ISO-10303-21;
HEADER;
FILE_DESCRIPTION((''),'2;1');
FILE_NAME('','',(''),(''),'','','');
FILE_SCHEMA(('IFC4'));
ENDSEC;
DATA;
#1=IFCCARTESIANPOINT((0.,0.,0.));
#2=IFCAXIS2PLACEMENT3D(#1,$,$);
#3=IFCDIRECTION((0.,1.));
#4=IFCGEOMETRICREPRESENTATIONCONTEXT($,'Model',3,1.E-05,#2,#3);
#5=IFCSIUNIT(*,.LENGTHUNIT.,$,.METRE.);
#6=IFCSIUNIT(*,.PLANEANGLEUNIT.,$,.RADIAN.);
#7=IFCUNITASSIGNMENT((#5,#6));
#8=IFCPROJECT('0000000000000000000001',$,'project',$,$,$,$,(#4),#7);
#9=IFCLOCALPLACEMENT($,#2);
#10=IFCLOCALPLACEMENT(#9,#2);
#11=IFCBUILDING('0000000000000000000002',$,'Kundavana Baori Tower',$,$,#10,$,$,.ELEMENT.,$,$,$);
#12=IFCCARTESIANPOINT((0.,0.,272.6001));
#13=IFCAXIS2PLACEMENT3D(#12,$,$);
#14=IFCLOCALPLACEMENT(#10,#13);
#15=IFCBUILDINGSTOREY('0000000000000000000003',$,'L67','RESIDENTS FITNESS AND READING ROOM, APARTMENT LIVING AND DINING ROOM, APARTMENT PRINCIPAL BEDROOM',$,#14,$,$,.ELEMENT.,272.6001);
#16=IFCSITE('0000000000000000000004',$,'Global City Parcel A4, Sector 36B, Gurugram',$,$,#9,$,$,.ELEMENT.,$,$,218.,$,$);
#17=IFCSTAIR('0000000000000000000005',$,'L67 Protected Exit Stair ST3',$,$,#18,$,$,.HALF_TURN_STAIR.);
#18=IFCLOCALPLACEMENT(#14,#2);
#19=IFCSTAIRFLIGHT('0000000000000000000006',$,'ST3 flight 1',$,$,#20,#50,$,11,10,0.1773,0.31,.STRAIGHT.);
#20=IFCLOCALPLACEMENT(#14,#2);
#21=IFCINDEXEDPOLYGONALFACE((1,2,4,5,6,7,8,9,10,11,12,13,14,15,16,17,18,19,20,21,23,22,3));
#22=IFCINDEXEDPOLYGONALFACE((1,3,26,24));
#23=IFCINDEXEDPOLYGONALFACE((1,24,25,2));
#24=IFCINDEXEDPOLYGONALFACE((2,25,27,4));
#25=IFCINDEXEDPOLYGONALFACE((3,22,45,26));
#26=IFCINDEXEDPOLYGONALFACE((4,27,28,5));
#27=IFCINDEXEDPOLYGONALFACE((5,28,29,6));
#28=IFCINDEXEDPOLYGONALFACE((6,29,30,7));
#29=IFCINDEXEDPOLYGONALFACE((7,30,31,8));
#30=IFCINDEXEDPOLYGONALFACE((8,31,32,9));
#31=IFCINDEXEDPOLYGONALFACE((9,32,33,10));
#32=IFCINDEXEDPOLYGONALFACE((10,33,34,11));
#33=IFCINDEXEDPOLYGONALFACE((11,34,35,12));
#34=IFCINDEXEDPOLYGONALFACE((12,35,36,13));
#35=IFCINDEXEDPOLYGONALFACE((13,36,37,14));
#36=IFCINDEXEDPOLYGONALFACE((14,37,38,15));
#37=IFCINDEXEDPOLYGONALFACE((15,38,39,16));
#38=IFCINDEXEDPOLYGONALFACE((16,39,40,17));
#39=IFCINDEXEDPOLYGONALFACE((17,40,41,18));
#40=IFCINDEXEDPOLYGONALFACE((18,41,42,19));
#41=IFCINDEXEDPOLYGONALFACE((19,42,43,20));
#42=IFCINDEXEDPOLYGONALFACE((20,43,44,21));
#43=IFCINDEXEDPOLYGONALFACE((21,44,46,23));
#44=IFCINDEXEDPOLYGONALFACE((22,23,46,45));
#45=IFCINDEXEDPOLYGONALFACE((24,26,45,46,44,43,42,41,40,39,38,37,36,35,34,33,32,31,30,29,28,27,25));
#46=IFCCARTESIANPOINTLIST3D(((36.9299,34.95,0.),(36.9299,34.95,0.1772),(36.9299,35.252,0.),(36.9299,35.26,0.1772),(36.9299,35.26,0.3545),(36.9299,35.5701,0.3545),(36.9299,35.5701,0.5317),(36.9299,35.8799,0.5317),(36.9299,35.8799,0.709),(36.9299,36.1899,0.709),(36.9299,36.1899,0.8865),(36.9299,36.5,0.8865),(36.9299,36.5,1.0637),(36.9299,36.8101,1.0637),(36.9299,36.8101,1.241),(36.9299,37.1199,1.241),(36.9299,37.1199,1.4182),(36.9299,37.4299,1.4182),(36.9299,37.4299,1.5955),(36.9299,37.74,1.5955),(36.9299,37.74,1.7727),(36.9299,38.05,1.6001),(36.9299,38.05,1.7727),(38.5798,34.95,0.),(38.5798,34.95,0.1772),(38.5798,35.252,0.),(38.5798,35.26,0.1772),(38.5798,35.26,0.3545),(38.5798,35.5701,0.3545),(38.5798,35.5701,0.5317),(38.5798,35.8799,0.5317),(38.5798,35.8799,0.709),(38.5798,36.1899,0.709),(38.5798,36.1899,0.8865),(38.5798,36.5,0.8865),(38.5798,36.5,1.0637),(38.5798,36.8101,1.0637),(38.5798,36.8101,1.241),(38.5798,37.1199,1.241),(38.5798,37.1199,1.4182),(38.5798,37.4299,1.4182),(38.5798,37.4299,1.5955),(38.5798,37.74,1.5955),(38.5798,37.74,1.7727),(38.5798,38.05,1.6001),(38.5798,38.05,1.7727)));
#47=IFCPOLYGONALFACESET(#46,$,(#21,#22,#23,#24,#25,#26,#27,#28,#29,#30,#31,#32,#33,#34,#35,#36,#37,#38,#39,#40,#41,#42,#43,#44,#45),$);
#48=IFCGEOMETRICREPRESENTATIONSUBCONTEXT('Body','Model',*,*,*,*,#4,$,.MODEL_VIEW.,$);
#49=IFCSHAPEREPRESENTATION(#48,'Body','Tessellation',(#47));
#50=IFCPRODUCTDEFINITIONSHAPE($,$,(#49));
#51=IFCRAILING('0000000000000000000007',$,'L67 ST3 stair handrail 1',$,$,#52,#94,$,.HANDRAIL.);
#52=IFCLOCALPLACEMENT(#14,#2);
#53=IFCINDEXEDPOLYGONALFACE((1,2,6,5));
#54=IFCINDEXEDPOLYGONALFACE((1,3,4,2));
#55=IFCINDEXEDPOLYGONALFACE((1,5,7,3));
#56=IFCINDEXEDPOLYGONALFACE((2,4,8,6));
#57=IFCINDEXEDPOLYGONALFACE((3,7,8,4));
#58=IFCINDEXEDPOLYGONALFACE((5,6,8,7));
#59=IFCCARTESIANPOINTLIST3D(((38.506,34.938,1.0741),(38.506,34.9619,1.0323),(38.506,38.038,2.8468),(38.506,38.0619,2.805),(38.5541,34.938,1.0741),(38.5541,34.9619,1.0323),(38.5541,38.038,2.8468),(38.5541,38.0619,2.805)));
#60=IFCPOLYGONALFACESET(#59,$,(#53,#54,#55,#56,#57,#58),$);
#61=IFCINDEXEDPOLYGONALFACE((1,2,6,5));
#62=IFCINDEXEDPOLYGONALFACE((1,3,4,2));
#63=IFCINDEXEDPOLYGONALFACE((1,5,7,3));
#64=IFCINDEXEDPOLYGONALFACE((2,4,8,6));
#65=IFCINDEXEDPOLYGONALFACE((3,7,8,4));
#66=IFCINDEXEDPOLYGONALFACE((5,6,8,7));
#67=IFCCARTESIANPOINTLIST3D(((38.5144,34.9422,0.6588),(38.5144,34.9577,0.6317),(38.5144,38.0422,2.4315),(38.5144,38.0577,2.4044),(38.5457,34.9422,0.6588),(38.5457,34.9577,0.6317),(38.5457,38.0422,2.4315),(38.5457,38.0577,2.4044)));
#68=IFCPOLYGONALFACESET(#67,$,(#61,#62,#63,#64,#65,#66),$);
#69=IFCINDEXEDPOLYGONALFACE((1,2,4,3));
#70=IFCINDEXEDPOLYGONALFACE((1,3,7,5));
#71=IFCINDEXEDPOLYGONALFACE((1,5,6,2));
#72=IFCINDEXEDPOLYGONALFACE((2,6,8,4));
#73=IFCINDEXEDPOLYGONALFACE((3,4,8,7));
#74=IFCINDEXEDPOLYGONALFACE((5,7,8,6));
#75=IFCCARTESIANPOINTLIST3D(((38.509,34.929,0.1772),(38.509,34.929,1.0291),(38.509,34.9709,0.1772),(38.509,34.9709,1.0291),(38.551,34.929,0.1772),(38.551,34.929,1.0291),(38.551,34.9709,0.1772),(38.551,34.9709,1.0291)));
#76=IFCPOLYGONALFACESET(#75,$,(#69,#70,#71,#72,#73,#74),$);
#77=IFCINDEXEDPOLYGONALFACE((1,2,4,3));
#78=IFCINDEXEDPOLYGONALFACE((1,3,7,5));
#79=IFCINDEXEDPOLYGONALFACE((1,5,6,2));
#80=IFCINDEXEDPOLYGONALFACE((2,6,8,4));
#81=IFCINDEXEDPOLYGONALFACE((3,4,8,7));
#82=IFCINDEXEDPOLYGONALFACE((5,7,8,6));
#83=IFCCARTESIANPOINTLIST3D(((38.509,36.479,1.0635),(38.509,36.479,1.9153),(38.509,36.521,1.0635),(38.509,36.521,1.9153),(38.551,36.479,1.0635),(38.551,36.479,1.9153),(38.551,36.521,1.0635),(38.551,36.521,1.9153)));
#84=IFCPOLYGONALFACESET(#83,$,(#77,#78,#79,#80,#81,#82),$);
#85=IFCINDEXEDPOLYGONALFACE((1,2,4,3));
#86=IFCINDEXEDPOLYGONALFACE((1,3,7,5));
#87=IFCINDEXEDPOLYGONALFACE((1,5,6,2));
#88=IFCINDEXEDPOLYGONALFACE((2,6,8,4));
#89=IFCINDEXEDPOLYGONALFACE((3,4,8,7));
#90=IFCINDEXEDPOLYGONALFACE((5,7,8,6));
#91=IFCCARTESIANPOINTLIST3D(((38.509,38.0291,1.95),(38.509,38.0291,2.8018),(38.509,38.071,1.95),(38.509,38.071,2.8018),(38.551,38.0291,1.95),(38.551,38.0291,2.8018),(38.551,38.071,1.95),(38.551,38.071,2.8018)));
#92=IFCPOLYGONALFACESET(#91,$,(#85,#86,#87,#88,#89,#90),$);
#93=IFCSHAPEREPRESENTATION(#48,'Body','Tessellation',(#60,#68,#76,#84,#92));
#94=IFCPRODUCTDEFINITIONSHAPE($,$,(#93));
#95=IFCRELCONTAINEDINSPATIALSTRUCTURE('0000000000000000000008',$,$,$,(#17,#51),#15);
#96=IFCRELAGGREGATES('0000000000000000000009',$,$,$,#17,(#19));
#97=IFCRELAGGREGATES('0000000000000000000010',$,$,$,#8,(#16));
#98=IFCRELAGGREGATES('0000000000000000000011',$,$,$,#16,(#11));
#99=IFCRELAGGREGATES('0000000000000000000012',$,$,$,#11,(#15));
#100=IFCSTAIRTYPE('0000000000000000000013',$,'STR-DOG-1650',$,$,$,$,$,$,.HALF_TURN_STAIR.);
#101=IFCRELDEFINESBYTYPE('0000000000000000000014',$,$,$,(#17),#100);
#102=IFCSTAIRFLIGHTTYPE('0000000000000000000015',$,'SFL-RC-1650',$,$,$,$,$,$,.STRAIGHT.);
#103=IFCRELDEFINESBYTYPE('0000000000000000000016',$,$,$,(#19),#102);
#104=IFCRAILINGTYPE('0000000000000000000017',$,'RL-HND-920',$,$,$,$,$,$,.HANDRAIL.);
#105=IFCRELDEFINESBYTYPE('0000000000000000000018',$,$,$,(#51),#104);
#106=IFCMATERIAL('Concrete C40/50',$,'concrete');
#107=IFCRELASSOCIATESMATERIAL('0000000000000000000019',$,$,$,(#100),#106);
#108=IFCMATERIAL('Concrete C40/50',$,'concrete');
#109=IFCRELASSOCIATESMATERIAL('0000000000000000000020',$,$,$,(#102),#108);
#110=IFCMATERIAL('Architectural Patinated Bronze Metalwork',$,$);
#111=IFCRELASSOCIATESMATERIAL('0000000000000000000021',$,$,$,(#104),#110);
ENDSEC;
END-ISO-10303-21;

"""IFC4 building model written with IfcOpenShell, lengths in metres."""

from ifc_helpers import new_model, si_unit, direction, frame, origin, origin_2d, place, context, subcontext, project, spatial, polyline, rectangle, outline, extrude, material, type_object, element, aggregate, save


model = new_model("IFC4")

# Units and contexts
model_context = context("Model", 3, precision=1e-05, world=origin(), true_north=direction((0.0, 1.0)))
body_context = subcontext(model_context, "Body", "Model", "MODEL_VIEW")
ifc_project = project(units=[si_unit("LENGTHUNIT", "METRE"), si_unit("PLANEANGLEUNIT", "RADIAN")], contexts=[model_context])

# Site, building, storey
site_placement = place(None, origin())
site = spatial("IfcSite", under=ifc_project, at=site_placement, Name="Global City Parcel A4, Sector 36B, Gurugram", CompositionType="ELEMENT", RefElevation=218.0)
building_placement = place(site_placement, origin())
building = spatial("IfcBuilding", under=site, at=building_placement, Name="Kundavana Baori Tower", CompositionType="ELEMENT")
storey_placement = place(building_placement, frame((0.0, 0.0, 272.6001)))
storey = spatial("IfcBuildingStorey", under=building, at=storey_placement, Name="L67", Description="RESIDENTS FITNESS AND READING ROOM, APARTMENT LIVING AND DINING ROOM, APARTMENT PRINCIPAL BEDROOM", CompositionType="ELEMENT", Elevation=272.6001)

# Stair, stair flight
ifc_material_1 = material(Name="Concrete C40/50", Category="concrete")
stair_type = type_object("IfcStairType", Name="STR-DOG-1650", PredefinedType="HALF_TURN_STAIR", material=ifc_material_1)
stair_placement = place(storey_placement, origin())
stair = element("IfcStair", 1, at=stair_placement, inside=storey, type_object=stair_type, Name="L67 Protected Exit Stair ST3", PredefinedType="HALF_TURN_STAIR")
ifc_material_2 = material(Name="Concrete C40/50", Category="concrete")
stair_flight_type = type_object("IfcStairFlightType", Name="SFL-RC-1650", PredefinedType="STRAIGHT", material=ifc_material_2)
stair_flight_placement = place(storey_placement, frame((37.7549, 34.95, 0.0), z_axis=(0.0, 0.0, 1.0), x_axis=(0.0, 1.0, 0.0)))
stair_flight = element("IfcStairFlight", 2, at=stair_flight_placement, type_object=stair_flight_type, Name="ST3 flight 1", NumberOfRisers=11, NumberOfTreads=10, PredefinedType="STRAIGHT", RiserHeight=0.1773, TreadLength=0.31, context=body_context, shape_type="SweptSolid", body=[
    extrude(outline(polyline([(0.0, 0.0), (0.0, 0.1772), (0.3101, 0.1772), (0.3101, 0.3545), (0.6201, 0.3545), (0.6201, 0.5317), (0.9299, 0.5317), (0.9299, 0.709), (1.24, 0.709), (1.24, 0.8865), (1.55, 0.8865), (1.55, 1.0637), (1.8601, 1.0637), (1.8601, 1.241), (2.1699, 1.241), (2.1699, 1.4182), (2.48, 1.4182), (2.48, 1.5955), (2.79, 1.5955), (2.79, 1.7727), (3.1001, 1.7727), (3.1001, 1.95), (3.1001, 1.6001), (0.302, 0.0), (0.0, 0.0)])), frame((0.0, 0.825, 0.0), z_axis=(0.0, -1.0, 0.0), x_axis=(1.0, 0.0, 0.0)), (0.0, 0.0, 1.0), 1.6499),
])
aggregate(stair, [stair_flight])

# Railing
ifc_material_3 = material(Name="Architectural Patinated Bronze Metalwork")
railing_type_1 = type_object("IfcRailingType", Name="RL-HND-920", PredefinedType="HANDRAIL", material=ifc_material_3)
railing_1_placement = place(storey_placement, frame((38.53, 34.95, 0.1772)))
element("IfcRailing", 3, at=railing_1_placement, inside=storey, type_object=railing_type_1, Name="L67 ST3 stair handrail 1", PredefinedType="HANDRAIL", context=body_context, shape_type="SweptSolid", body=[
    extrude(rectangle(XDim=0.0481, YDim=0.0481, at=origin_2d()), frame((0.0, 0.0, 0.876), z_axis=(0.0, 0.868096, 0.496397), x_axis=(-1.0, 0.0, 0.0)), (0.0, 0.0, 1.0), 3.571),
    extrude(rectangle(XDim=0.0312, YDim=0.0312, at=origin_2d()), frame((0.0, 0.0, 0.468), z_axis=(0.0, 0.868096, 0.496397), x_axis=(-1.0, 0.0, 0.0)), (0.0, 0.0, 1.0), 3.571),
    extrude(rectangle(XDim=0.042, YDim=0.042, at=origin_2d()), origin(), (0.0, 0.0, 1.0), 0.8518),
    extrude(rectangle(XDim=0.042, YDim=0.042, at=origin_2d()), frame((0.0, 1.55, 0.8862)), (0.0, 0.0, 1.0), 0.8518),
    extrude(rectangle(XDim=0.042, YDim=0.042, at=origin_2d()), frame((0.0, 3.1001, 1.7727)), (0.0, 0.0, 1.0), 0.8518),
])

save(model, "model.ifc")
